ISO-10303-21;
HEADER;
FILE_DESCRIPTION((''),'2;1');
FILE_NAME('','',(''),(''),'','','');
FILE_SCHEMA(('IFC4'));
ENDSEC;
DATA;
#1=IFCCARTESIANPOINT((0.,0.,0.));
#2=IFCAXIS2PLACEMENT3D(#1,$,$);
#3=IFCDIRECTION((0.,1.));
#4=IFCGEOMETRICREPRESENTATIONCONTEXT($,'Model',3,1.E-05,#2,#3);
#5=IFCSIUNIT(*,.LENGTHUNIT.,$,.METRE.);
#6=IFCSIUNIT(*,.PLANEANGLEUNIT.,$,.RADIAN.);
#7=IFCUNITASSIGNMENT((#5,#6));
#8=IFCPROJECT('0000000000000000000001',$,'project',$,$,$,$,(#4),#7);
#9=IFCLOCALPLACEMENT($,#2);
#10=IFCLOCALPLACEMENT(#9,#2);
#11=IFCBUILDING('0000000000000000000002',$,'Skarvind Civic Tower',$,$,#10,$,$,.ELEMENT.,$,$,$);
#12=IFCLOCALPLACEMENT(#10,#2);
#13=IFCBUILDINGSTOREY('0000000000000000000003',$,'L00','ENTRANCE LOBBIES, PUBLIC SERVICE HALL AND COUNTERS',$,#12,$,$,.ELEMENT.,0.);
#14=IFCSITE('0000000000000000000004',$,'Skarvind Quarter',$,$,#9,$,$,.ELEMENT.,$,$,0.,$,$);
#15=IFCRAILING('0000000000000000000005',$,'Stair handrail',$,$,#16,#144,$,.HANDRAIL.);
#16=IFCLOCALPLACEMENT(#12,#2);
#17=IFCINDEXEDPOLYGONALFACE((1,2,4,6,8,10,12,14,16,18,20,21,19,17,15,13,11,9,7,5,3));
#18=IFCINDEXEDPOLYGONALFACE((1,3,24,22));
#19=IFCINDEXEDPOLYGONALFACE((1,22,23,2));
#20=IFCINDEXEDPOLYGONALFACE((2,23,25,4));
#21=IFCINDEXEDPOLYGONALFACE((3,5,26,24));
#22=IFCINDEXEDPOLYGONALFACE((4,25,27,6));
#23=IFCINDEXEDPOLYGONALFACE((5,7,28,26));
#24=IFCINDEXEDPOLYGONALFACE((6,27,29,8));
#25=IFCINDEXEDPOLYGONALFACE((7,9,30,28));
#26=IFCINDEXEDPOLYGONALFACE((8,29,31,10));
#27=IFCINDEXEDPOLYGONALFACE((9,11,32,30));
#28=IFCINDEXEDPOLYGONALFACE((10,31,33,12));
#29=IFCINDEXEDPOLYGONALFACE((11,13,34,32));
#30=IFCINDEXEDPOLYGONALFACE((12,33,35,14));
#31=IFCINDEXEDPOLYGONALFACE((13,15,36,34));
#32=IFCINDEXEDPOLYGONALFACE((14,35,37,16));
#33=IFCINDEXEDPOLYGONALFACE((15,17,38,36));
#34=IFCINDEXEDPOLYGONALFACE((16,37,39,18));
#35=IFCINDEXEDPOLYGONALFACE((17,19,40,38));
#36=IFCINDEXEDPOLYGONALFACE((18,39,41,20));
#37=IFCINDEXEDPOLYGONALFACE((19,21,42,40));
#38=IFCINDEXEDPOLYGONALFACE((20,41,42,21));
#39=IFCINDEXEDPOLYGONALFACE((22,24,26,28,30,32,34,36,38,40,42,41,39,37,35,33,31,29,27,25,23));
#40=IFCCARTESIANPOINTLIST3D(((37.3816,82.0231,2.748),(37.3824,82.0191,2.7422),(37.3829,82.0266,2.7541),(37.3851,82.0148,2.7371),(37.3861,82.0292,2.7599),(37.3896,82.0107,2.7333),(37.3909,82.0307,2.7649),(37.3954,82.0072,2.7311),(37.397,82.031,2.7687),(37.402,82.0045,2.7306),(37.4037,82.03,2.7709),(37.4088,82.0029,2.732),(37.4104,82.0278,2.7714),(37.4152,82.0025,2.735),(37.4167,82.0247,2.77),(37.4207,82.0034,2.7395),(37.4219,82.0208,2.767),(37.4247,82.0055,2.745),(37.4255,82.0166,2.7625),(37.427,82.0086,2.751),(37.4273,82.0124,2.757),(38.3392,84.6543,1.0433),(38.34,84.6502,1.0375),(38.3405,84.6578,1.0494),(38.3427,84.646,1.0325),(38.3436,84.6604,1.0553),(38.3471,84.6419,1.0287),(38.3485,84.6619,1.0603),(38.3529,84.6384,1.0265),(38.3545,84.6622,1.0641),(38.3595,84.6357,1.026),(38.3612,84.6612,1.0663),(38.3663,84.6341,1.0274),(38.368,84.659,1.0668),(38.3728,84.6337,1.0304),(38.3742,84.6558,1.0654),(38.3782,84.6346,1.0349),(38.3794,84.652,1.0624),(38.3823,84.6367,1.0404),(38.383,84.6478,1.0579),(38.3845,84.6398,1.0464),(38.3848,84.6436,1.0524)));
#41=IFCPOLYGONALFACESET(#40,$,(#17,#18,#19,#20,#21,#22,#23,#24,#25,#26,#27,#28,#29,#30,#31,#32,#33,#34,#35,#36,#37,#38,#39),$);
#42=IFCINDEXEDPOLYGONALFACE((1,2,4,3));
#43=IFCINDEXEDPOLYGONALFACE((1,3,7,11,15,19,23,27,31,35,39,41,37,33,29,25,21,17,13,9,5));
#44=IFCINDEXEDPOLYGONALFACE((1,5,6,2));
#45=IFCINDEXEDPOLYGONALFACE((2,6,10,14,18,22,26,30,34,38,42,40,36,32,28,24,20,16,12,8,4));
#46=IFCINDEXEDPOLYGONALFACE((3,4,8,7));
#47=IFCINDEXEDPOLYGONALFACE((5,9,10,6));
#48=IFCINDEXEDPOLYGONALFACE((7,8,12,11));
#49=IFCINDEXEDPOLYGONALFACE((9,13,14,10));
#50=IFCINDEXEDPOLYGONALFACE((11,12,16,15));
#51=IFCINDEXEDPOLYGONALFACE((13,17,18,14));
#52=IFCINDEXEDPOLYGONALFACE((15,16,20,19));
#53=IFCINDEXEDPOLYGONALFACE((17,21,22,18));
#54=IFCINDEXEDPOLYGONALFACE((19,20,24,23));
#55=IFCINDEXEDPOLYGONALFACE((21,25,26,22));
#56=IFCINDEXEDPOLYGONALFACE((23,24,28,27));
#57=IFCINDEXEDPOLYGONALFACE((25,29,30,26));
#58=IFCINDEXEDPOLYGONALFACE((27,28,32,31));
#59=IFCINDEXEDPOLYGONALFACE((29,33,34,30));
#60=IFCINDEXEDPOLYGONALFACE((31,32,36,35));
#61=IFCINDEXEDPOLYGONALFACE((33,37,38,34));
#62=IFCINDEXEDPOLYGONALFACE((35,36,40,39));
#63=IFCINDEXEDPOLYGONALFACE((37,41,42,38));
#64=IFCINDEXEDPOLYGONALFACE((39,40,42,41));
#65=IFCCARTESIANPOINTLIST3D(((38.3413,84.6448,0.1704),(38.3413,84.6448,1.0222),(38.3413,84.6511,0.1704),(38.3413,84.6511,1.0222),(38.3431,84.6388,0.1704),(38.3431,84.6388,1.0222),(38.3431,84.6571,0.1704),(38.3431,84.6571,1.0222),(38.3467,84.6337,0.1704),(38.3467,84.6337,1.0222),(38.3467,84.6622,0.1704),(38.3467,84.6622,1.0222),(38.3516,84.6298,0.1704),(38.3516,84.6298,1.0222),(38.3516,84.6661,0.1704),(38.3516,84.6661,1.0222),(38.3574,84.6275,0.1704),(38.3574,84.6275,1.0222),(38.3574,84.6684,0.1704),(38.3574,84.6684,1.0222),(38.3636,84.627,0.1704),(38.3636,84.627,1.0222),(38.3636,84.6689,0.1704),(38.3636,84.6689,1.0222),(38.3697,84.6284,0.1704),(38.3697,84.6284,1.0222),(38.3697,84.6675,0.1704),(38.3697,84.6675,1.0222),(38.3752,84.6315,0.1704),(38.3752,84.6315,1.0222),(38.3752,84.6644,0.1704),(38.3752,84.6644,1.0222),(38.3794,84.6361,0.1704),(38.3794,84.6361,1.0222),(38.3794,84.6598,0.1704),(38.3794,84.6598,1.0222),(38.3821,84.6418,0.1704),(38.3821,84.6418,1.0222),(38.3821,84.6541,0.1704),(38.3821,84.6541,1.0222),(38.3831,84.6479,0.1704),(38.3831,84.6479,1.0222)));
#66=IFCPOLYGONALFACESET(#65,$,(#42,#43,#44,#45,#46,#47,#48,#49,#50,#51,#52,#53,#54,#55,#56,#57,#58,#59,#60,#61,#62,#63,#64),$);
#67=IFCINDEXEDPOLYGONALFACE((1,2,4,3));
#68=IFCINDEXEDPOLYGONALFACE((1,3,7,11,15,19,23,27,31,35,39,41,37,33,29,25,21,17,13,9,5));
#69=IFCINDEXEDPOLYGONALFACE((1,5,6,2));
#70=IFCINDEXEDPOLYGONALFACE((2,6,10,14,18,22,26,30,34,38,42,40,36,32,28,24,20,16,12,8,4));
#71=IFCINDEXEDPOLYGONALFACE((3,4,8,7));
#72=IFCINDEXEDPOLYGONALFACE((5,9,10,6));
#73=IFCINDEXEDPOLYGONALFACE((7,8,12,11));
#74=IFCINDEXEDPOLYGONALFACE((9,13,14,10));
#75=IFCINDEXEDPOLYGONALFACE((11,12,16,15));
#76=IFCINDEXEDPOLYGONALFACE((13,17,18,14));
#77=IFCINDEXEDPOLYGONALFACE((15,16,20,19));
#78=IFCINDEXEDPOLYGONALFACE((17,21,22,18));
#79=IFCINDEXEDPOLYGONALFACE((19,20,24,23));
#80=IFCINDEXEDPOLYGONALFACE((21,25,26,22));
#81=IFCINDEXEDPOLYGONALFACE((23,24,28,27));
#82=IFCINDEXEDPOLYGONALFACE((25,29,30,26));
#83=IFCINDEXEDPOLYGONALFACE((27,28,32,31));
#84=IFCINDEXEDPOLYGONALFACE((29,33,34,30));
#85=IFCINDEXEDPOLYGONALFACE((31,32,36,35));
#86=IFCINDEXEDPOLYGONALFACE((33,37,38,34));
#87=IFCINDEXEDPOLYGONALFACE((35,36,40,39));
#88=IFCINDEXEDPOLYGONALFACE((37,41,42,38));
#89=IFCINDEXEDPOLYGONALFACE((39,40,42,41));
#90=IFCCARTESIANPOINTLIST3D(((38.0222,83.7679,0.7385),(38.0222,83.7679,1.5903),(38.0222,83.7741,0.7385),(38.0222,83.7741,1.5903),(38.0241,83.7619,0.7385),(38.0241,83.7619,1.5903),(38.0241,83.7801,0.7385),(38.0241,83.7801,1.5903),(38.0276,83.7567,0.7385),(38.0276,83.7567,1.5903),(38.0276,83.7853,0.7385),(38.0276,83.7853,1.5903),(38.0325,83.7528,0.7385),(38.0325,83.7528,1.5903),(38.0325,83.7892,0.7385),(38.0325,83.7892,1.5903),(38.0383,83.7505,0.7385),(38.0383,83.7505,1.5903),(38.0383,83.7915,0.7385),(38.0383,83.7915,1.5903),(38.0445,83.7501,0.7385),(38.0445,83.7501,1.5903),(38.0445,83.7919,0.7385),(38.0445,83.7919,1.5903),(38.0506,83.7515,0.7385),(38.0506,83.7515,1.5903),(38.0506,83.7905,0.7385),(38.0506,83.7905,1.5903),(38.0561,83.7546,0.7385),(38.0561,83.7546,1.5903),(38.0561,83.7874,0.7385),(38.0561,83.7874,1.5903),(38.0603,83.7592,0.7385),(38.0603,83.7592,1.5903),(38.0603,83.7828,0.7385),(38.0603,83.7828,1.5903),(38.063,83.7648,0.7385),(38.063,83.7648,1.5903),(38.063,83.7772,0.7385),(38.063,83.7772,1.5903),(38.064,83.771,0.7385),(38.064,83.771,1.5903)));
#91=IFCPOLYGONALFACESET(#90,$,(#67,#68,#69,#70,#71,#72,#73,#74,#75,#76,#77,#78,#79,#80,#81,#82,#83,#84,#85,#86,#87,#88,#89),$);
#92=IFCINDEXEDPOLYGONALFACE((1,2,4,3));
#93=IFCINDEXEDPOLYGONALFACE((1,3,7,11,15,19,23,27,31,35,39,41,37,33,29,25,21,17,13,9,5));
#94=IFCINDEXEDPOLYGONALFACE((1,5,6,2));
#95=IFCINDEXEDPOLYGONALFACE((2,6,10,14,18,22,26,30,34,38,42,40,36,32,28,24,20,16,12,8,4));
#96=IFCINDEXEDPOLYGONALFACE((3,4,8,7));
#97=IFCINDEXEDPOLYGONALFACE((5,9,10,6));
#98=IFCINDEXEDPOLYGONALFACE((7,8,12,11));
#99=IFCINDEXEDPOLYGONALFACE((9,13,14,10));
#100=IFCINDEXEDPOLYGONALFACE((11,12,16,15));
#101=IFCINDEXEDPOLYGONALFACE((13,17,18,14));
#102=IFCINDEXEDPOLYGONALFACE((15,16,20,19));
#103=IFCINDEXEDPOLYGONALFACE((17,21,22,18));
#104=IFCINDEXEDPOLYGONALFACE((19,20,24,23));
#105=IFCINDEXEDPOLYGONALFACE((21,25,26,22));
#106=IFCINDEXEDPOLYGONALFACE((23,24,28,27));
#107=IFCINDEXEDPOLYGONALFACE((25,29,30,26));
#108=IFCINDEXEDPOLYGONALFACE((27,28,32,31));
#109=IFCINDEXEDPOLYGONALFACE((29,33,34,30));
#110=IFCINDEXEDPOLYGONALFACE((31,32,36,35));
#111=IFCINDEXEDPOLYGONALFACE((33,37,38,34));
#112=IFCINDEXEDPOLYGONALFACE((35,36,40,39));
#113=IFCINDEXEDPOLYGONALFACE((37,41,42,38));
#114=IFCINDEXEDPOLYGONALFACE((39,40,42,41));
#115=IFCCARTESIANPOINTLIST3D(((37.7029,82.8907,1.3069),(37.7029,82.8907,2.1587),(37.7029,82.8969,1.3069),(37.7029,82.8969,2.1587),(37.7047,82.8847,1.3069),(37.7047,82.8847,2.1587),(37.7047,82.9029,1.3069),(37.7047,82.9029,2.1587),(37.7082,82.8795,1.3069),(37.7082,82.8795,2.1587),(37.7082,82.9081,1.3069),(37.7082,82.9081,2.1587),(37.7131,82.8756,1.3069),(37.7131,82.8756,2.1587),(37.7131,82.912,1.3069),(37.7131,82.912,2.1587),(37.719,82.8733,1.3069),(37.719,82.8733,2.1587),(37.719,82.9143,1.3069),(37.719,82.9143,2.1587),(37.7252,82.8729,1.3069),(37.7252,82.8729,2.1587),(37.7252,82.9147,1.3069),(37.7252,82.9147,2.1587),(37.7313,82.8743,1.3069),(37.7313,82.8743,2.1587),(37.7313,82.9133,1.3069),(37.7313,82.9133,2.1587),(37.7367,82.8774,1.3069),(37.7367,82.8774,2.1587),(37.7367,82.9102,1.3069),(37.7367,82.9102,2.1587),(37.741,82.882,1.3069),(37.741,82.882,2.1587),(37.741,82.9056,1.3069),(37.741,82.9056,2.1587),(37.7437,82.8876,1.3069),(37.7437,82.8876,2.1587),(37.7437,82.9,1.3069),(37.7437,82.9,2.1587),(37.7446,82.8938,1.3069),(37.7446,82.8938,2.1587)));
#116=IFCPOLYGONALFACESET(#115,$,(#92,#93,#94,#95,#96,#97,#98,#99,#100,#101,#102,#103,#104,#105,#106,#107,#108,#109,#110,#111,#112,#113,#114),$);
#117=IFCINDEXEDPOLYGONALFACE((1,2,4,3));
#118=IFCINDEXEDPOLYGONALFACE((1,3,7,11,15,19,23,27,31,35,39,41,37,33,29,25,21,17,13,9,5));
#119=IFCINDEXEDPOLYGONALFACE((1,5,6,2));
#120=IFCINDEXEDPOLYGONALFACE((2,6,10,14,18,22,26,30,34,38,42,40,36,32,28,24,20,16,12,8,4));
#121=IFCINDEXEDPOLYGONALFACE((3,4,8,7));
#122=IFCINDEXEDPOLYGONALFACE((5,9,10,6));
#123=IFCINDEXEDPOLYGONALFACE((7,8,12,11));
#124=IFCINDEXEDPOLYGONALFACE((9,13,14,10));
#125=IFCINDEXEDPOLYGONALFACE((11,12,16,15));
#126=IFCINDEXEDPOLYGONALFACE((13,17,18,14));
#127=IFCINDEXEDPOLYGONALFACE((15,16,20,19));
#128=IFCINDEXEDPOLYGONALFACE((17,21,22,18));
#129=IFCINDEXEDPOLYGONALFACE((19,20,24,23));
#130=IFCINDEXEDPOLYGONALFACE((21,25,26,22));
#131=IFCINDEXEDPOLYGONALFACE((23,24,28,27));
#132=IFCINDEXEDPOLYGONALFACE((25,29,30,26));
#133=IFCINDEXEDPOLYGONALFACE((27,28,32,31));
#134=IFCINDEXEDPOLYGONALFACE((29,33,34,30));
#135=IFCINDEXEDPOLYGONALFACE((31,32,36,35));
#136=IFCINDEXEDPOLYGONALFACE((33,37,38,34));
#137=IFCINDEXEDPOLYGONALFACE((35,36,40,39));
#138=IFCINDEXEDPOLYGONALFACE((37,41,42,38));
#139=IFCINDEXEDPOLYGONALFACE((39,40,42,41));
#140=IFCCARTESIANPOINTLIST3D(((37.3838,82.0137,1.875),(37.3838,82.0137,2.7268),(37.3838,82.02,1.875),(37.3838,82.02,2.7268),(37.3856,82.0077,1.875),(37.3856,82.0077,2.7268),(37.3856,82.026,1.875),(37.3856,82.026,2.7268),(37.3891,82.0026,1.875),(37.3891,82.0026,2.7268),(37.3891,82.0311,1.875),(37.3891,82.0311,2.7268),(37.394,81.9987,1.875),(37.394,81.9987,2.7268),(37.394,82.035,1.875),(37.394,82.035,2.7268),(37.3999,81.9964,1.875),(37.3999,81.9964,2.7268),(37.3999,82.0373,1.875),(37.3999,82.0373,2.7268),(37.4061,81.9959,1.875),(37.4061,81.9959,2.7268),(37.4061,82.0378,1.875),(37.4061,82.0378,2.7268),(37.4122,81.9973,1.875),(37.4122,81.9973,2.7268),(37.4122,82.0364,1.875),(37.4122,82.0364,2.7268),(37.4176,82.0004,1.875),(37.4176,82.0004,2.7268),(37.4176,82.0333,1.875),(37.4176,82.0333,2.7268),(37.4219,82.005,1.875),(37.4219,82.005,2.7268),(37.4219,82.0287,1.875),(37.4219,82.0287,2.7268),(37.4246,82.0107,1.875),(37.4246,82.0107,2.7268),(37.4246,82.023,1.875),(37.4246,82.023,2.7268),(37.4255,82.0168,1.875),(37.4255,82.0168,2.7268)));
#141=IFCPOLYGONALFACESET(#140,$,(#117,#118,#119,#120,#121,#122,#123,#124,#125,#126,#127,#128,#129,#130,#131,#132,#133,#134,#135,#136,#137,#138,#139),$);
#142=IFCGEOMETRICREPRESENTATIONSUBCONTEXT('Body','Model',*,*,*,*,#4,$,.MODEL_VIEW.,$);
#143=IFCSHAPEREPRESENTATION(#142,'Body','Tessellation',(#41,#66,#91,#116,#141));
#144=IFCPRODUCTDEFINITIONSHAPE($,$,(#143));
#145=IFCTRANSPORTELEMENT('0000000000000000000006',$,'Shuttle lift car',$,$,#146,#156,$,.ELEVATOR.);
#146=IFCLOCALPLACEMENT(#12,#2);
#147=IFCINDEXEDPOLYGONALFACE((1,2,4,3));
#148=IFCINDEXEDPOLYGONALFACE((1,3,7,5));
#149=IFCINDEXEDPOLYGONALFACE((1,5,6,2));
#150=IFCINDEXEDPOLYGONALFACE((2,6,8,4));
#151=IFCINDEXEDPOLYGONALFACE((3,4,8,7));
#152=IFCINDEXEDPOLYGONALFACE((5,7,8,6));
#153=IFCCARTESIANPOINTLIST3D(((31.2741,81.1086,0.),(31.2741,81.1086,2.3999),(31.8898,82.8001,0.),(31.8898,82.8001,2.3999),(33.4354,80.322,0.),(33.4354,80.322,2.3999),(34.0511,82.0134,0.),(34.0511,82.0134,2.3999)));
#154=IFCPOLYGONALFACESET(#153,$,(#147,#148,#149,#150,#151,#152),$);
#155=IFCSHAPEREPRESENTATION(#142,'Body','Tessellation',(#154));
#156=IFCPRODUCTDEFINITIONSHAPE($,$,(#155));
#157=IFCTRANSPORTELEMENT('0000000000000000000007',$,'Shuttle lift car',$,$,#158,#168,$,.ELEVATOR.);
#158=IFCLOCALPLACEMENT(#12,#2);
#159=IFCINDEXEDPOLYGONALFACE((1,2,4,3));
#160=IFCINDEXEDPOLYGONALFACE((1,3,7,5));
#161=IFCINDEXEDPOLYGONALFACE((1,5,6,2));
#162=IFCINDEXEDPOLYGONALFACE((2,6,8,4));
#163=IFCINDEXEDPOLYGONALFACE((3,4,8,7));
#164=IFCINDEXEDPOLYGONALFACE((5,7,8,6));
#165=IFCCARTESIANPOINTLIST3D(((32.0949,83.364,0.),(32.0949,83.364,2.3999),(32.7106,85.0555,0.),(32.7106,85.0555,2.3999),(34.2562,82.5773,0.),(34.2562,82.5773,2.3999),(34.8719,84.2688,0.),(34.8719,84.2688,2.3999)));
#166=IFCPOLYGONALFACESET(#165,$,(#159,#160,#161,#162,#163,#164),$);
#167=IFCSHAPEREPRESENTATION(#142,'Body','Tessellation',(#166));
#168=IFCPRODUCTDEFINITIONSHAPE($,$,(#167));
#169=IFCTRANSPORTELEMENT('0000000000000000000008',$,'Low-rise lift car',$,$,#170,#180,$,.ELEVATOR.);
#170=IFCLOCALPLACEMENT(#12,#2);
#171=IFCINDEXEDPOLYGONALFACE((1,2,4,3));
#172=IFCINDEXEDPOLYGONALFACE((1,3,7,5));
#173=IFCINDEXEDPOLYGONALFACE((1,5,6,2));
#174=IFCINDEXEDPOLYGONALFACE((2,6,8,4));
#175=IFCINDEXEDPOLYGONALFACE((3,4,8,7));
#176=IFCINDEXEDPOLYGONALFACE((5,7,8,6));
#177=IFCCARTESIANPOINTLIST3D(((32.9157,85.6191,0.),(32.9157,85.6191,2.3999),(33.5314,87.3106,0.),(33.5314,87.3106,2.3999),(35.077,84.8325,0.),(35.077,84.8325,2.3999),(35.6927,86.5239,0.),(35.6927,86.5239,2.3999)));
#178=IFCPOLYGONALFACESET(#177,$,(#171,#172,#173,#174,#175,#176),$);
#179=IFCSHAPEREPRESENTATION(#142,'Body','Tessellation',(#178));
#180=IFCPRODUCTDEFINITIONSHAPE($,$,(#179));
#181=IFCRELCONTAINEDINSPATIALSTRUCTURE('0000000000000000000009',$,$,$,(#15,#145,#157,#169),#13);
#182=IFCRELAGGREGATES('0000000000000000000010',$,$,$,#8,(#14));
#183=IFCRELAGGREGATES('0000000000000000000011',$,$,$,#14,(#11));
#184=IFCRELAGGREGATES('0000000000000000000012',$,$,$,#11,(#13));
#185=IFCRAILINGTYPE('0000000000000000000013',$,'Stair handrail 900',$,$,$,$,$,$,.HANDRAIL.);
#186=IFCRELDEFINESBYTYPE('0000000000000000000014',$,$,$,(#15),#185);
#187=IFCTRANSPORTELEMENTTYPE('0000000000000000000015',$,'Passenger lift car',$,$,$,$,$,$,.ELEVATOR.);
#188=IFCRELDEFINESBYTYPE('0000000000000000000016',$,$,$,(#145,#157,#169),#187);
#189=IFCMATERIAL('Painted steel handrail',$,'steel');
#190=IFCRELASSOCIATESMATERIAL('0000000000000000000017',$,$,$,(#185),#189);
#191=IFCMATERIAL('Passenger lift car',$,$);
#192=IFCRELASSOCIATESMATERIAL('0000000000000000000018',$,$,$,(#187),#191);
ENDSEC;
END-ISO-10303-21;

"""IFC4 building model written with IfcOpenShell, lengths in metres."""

from ifc_helpers import new_model, si_unit, direction, frame, origin, origin_2d, place, context, subcontext, project, spatial, rectangle, circle, extrude, material, type_object, element, save


model = new_model("IFC4")

# Units and contexts
model_context = context("Model", 3, precision=1e-05, world=origin(), true_north=direction((0.0, 1.0)))
body_context = subcontext(model_context, "Body", "Model", "MODEL_VIEW")
ifc_project = project(units=[si_unit("LENGTHUNIT", "METRE"), si_unit("PLANEANGLEUNIT", "RADIAN")], contexts=[model_context])

# Site, building, storey
site_placement = place(None, origin())
site = spatial("IfcSite", under=ifc_project, at=site_placement, Name="Skarvind Quarter", CompositionType="ELEMENT", RefElevation=0.0)
building_placement = place(site_placement, origin())
building = spatial("IfcBuilding", under=site, at=building_placement, Name="Skarvind Civic Tower", CompositionType="ELEMENT")
storey_placement = place(building_placement, origin())
storey = spatial("IfcBuildingStorey", under=building, at=storey_placement, Name="L00", Description="ENTRANCE LOBBIES, PUBLIC SERVICE HALL AND COUNTERS", CompositionType="ELEMENT", Elevation=0.0)

# Railing
ifc_material_1 = material(Name="Painted steel handrail", Category="steel")
railing_type = type_object("IfcRailingType", Name="Stair handrail 900", PredefinedType="HANDRAIL", material=ifc_material_1)
railing_placement = place(storey_placement, frame((38.3621, 84.6479, 0.1704)))
element("IfcRailing", 1, at=railing_placement, inside=storey, type_object=railing_type, Name="Stair handrail", PredefinedType="HANDRAIL", context=body_context, shape_type="SweptSolid", body=[
    extrude(circle(Radius=0.0239, at=origin_2d()), frame((0.0, 0.0, 0.876), z_axis=(-0.292106, -0.802659, 0.520012), x_axis=(0.939707, -0.341981, 0.0)), (0.0, 0.0, 1.0), 3.2781),
    extrude(circle(Radius=0.021, at=origin_2d()), origin(), (0.0, 0.0, 1.0), 0.8518),
    extrude(circle(Radius=0.021, at=origin_2d()), frame((-0.3191, -0.877, 0.5681)), (0.0, 0.0, 1.0), 0.8518),
    extrude(circle(Radius=0.021, at=origin_2d()), frame((-0.6384, -1.7542, 1.1365)), (0.0, 0.0, 1.0), 0.8518),
    extrude(circle(Radius=0.021, at=origin_2d()), frame((-0.9575, -2.6311, 1.7046)), (0.0, 0.0, 1.0), 0.8518),
])

# Transport elements
ifc_material_2 = material(Name="Passenger lift car")
transport_element_type = type_object("IfcTransportElementType", Name="Passenger lift car", PredefinedType="ELEVATOR", material=ifc_material_2)
for number, where, z_axis, x_axis, name in (
    (2, (32.6626, 81.561, 0.0), (0.0, 0.0, 1.0), (0.34202, 0.939693, 0.0), "Shuttle lift car"),
    (3, (33.4834, 83.8164, 0.0), (0.0, 0.0, 1.0), (0.34202, 0.939693, 0.0), "Shuttle lift car"),
    (4, (34.3042, 86.0715, 0.0), (0.0, 0.0, 1.0), (0.34202, 0.939693, 0.0), "Low-rise lift car"),
):
    element("IfcTransportElement", number, at=place(storey_placement, frame(where, z_axis=z_axis, x_axis=x_axis)), inside=storey, type_object=transport_element_type, Name=name, PredefinedType="ELEVATOR", context=body_context, shape_type="SweptSolid", body=[
        extrude(rectangle(XDim=1.8, YDim=2.3, at=origin_2d()), origin(), (0.0, 0.0, 1.0), 2.3999),
    ])

save(model, "model.ifc")
